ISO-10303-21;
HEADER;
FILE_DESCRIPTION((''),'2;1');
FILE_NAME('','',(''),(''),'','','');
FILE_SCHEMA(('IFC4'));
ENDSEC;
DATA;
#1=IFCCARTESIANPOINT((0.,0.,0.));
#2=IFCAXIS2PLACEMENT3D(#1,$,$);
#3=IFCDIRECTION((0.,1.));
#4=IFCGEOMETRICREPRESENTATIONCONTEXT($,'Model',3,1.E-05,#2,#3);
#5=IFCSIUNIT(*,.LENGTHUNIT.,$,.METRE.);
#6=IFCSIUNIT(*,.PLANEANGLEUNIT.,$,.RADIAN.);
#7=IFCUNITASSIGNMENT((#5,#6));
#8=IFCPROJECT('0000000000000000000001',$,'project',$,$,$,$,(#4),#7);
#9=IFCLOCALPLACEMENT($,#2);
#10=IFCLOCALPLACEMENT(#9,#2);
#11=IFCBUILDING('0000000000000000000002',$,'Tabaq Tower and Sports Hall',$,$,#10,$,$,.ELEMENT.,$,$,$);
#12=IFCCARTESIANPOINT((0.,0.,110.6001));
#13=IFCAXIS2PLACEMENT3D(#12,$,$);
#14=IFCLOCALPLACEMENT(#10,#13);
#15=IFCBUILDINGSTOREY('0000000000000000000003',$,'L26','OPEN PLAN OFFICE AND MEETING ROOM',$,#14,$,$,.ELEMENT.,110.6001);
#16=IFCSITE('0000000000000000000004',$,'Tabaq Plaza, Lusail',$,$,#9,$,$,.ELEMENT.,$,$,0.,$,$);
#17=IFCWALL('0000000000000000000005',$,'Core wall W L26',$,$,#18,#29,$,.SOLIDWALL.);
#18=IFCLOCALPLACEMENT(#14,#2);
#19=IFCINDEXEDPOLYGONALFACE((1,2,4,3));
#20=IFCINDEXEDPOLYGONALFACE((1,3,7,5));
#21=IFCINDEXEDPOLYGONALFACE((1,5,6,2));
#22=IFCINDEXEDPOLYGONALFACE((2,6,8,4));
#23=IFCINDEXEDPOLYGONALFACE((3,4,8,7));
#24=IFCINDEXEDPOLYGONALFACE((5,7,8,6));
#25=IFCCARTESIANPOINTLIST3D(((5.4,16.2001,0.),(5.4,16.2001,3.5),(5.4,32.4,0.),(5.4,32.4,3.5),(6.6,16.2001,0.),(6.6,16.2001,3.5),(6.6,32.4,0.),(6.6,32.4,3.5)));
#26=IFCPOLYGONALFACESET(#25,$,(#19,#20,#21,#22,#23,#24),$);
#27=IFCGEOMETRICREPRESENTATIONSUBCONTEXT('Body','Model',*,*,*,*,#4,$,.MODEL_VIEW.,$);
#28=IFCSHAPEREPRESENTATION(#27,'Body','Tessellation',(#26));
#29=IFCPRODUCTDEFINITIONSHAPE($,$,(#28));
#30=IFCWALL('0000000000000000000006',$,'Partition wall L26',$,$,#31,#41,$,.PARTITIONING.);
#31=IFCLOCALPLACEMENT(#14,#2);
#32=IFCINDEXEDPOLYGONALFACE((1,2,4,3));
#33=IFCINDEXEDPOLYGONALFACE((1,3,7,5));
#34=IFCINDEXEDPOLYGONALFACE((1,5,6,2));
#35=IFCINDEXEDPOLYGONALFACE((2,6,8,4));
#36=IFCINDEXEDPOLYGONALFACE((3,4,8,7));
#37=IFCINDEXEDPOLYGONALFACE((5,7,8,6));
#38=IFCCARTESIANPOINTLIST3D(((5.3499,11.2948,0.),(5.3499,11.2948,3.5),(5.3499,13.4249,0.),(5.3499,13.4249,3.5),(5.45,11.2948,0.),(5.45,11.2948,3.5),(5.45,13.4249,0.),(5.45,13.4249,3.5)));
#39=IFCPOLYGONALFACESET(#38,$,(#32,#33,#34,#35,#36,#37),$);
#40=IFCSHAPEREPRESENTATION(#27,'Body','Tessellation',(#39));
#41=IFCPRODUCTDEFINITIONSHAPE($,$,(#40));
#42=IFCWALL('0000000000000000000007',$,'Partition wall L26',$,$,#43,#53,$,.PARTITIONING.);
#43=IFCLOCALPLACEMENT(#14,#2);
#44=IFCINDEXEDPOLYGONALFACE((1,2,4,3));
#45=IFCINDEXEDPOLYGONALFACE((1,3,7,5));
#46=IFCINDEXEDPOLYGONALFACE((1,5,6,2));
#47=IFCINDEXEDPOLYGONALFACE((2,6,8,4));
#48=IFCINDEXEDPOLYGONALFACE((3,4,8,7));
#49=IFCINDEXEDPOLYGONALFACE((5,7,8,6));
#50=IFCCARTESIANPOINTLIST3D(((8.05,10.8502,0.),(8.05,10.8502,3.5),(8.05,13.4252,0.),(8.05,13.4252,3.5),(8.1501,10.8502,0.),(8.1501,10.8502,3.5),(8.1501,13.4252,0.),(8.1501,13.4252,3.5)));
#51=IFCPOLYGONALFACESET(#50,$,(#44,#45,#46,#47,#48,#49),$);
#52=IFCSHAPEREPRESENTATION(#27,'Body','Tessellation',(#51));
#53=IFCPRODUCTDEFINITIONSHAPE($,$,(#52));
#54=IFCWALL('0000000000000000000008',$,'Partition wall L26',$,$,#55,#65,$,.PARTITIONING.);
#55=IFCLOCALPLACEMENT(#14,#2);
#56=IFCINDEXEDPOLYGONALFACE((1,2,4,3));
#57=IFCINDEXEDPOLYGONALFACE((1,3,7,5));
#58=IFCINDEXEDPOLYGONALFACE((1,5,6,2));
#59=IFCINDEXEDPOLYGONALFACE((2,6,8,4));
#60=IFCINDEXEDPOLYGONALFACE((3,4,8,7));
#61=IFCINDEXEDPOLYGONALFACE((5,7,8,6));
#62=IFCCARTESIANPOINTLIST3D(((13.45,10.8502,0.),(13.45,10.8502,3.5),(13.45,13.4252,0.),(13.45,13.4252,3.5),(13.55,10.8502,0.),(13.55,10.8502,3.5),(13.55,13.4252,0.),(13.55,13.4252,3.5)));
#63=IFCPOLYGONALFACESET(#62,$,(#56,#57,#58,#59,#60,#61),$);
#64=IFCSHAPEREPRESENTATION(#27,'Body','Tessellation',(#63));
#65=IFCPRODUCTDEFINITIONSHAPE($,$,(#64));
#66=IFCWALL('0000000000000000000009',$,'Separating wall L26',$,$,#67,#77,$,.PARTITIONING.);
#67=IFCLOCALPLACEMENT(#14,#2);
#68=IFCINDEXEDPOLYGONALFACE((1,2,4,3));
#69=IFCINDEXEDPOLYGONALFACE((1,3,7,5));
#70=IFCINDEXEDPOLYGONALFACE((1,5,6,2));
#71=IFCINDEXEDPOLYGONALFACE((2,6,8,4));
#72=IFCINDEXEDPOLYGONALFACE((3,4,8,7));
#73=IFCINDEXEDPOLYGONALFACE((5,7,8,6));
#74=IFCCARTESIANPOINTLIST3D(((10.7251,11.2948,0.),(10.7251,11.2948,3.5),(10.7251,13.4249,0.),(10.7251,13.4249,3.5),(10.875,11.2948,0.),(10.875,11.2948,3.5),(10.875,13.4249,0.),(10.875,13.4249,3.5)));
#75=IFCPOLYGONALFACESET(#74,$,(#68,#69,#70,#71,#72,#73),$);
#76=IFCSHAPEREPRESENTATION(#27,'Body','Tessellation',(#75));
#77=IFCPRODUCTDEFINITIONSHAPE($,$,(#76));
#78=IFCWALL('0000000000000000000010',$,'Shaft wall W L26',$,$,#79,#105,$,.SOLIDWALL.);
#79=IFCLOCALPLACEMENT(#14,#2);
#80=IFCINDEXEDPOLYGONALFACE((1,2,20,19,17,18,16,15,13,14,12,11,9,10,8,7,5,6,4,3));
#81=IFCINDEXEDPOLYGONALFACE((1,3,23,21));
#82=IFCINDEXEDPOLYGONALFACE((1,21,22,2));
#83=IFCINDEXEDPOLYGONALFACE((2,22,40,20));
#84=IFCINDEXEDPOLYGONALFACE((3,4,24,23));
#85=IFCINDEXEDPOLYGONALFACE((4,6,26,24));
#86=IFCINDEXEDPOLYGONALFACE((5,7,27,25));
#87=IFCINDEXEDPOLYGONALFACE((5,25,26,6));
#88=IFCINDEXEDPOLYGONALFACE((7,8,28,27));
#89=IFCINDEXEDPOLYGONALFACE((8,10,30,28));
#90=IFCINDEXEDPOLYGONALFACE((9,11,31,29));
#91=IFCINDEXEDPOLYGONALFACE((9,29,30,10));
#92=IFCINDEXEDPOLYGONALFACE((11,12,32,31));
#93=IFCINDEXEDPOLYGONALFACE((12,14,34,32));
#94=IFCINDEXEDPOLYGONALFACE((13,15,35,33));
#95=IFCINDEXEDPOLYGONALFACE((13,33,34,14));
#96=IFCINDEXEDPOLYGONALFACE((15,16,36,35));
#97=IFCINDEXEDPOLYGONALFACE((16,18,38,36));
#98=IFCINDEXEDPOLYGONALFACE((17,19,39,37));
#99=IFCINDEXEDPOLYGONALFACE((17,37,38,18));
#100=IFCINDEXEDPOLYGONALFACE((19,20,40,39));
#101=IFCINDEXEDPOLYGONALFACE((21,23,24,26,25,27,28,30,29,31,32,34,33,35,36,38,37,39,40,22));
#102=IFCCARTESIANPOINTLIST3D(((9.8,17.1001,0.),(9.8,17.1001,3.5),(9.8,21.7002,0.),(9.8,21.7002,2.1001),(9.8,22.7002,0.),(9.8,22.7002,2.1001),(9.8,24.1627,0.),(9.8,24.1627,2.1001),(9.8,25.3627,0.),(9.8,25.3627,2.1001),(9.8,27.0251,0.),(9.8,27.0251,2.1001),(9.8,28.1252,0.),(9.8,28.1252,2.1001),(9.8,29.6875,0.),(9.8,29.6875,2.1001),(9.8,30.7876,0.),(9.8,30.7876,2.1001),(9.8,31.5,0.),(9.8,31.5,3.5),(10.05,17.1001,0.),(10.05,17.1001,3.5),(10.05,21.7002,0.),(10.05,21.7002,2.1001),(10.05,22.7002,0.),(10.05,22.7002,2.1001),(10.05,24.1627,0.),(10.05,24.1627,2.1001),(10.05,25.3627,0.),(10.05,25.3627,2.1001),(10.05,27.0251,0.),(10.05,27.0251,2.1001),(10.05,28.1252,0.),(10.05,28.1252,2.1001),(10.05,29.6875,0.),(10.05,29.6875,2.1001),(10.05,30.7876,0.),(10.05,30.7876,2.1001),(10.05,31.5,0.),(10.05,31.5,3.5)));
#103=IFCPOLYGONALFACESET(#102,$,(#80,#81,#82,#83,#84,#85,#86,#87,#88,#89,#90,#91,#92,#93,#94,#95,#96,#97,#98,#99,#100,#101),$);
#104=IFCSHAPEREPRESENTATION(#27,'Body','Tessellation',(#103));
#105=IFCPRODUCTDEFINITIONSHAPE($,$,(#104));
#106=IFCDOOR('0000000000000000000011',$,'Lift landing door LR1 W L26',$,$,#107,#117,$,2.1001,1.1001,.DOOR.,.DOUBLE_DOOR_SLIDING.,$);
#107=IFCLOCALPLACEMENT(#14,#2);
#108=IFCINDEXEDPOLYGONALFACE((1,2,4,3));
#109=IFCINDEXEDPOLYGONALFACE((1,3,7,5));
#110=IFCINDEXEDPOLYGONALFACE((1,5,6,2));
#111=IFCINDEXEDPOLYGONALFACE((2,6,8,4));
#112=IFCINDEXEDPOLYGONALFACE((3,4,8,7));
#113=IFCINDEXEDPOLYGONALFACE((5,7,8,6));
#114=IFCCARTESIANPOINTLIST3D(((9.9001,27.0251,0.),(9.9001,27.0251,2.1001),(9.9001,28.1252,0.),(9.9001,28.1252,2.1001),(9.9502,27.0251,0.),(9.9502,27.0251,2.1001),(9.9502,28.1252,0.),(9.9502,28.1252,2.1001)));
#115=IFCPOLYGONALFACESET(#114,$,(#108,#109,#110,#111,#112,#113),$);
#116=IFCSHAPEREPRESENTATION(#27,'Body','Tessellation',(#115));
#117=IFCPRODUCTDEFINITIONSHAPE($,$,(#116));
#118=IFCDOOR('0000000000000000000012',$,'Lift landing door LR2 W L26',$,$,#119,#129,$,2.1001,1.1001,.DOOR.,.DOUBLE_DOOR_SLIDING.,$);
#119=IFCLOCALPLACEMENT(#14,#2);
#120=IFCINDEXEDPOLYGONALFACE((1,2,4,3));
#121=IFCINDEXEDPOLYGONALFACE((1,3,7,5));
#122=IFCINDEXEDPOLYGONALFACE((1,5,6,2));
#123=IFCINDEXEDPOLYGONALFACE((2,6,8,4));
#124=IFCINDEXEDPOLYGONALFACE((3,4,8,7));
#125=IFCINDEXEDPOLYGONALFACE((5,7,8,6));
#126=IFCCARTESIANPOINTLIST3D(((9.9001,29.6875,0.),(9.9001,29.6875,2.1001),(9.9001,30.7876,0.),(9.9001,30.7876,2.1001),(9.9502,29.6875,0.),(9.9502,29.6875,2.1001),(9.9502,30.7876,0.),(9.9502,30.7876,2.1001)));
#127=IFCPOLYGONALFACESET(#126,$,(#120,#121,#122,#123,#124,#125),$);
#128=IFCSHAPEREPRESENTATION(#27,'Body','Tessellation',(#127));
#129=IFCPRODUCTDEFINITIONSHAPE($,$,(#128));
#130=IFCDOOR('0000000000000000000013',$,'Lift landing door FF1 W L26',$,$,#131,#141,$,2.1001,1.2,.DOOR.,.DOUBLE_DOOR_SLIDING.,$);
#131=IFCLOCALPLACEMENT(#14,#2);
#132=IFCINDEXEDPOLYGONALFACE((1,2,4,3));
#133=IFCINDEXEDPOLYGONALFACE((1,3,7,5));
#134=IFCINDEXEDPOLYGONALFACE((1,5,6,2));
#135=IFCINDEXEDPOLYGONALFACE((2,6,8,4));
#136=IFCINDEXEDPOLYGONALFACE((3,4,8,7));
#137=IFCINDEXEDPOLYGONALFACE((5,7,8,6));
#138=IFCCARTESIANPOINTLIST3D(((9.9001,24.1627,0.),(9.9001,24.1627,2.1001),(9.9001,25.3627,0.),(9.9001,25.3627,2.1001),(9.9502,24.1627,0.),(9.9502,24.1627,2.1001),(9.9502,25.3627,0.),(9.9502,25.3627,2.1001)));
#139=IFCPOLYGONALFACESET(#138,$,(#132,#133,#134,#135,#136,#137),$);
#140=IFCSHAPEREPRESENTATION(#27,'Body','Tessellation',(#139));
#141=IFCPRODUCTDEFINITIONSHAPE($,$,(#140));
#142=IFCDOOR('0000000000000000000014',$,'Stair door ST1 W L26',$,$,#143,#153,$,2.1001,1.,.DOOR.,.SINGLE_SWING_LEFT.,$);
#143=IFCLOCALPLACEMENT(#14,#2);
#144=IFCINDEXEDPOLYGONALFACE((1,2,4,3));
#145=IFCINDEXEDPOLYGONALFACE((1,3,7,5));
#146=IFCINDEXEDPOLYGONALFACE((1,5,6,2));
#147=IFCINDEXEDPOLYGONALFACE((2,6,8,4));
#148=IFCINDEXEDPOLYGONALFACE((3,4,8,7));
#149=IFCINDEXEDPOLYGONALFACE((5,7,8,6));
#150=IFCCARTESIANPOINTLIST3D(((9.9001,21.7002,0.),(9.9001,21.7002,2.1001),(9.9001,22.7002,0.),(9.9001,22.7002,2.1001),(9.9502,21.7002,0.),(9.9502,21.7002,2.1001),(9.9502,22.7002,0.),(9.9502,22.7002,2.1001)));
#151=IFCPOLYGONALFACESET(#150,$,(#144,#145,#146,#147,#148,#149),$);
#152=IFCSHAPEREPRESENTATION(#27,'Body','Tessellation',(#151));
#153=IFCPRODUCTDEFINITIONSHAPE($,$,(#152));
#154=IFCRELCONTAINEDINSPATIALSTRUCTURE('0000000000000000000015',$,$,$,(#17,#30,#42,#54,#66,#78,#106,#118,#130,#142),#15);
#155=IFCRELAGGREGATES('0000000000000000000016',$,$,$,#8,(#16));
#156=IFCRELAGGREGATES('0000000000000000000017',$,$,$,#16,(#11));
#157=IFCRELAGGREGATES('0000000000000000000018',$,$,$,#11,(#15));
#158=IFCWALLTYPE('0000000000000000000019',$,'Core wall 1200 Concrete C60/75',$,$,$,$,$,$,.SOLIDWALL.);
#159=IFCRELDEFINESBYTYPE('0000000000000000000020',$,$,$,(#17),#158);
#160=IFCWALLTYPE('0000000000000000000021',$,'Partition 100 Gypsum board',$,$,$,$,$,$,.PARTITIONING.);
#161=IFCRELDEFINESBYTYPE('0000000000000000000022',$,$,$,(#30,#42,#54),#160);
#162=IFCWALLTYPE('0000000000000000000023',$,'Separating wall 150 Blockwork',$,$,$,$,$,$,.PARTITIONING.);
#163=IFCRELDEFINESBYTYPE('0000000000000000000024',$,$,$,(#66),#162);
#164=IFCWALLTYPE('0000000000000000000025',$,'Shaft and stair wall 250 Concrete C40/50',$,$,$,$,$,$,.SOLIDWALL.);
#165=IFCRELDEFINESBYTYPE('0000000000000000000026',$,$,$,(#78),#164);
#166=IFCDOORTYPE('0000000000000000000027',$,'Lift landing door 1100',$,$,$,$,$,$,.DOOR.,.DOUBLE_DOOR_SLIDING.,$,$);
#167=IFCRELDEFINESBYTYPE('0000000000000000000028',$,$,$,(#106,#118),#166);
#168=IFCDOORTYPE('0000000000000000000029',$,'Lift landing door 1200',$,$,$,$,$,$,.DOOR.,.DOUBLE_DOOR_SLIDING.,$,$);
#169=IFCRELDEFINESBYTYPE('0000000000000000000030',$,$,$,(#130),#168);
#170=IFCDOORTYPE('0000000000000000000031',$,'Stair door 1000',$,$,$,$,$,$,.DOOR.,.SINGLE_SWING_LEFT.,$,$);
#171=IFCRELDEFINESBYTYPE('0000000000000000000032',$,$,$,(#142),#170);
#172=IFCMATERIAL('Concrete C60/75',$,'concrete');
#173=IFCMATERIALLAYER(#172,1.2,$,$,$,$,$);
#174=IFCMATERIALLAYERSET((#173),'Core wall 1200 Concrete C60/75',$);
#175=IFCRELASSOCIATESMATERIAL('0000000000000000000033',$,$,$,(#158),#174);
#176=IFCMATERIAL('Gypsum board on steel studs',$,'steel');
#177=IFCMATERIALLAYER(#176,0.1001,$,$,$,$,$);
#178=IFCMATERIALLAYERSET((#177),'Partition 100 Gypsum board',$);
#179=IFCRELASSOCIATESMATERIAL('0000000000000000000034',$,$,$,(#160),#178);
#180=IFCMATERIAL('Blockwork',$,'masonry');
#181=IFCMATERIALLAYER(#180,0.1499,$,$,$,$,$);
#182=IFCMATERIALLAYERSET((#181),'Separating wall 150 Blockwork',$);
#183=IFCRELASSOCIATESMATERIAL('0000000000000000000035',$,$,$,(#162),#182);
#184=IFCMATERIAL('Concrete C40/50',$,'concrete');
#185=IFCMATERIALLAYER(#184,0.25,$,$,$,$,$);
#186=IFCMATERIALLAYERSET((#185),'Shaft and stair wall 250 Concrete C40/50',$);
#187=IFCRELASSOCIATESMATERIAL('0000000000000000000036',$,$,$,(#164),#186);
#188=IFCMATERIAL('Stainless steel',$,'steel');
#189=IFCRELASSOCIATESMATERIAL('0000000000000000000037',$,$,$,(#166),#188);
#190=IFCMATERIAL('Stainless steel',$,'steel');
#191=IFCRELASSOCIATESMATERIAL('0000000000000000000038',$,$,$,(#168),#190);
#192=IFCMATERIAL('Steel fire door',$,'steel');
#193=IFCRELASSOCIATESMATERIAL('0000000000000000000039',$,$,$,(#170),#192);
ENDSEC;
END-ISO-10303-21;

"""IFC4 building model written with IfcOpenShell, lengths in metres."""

from ifc_helpers import new_model, si_unit, direction, frame, frame_2d, origin, place, context, subcontext, project, spatial, rectangle, extrude, material, layer, layer_set, type_object, element, fill, save


model = new_model("IFC4")

# Units and contexts
model_context = context("Model", 3, precision=1e-05, world=origin(), true_north=direction((0.0, 1.0)))
body_context = subcontext(model_context, "Body", "Model", "MODEL_VIEW")
ifc_project = project(units=[si_unit("LENGTHUNIT", "METRE"), si_unit("PLANEANGLEUNIT", "RADIAN")], contexts=[model_context])

# Site, building, storey
site_placement = place(None, origin())
site = spatial("IfcSite", under=ifc_project, at=site_placement, Name="Tabaq Plaza, Lusail", CompositionType="ELEMENT", RefElevation=0.0)
building_placement = place(site_placement, origin())
building = spatial("IfcBuilding", under=site, at=building_placement, Name="Tabaq Tower and Sports Hall", CompositionType="ELEMENT")
storey_placement = place(building_placement, frame((0.0, 0.0, 110.6001)))
storey = spatial("IfcBuildingStorey", under=building, at=storey_placement, Name="L26", Description="OPEN PLAN OFFICE AND MEETING ROOM", CompositionType="ELEMENT", Elevation=110.6001)

# Walls
ifc_material_1 = material(Name="Concrete C60/75", Category="concrete")
ifc_layer_1 = layer(ifc_material_1, 1.2)
ifc_layer_set_1 = layer_set([ifc_layer_1], Name="Core wall 1200 Concrete C60/75")
wall_type_1 = type_object("IfcWallType", Name="Core wall 1200 Concrete C60/75", PredefinedType="SOLIDWALL", material=ifc_layer_set_1)
wall_1_placement = place(storey_placement, frame((6.0, 16.2, 0.0), z_axis=(0.0, 0.0, 1.0), x_axis=(0.0, 1.0, 0.0)))
element("IfcWall", 1, at=wall_1_placement, inside=storey, type_object=wall_type_1, Name="Core wall W L26", PredefinedType="SOLIDWALL", context=body_context, shape_type="SweptSolid", body=[
    extrude(rectangle(XDim=16.2, YDim=1.2, at=frame_2d((8.1001, 0.0))), origin(), (0.0, 0.0, 1.0), 3.5),
])
ifc_material_2 = material(Name="Gypsum board on steel studs", Category="steel")
ifc_layer_2 = layer(ifc_material_2, 0.1001)
ifc_layer_set_2 = layer_set([ifc_layer_2], Name="Partition 100 Gypsum board")
wall_type_2 = type_object("IfcWallType", Name="Partition 100 Gypsum board", PredefinedType="PARTITIONING", material=ifc_layer_set_2)
wall_2_placement = place(storey_placement, frame((5.3999, 11.2949, 0.0), z_axis=(0.0, 0.0, 1.0), x_axis=(0.0, 1.0, 0.0)))
element("IfcWall", 2, at=wall_2_placement, inside=storey, type_object=wall_type_2, Name="Partition wall L26", PredefinedType="PARTITIONING", context=body_context, shape_type="SweptSolid", body=[
    extrude(rectangle(XDim=2.1301, YDim=0.1001, at=frame_2d((1.0649, 0.0))), origin(), (0.0, 0.0, 1.0), 3.5),
])
for number, where, z_axis, x_axis, name in (
    (3, (8.1001, 10.8501, 0.0), (0.0, 0.0, 1.0), (0.0, 1.0, 0.0), "Partition wall L26"),
    (4, (13.5, 10.8501, 0.0), (0.0, 0.0, 1.0), (0.0, 1.0, 0.0), "Partition wall L26"),
):
    element("IfcWall", number, at=place(storey_placement, frame(where, z_axis=z_axis, x_axis=x_axis)), inside=storey, type_object=wall_type_2, Name=name, PredefinedType="PARTITIONING", context=body_context, shape_type="SweptSolid", body=[
        extrude(rectangle(XDim=2.575, YDim=0.1001, at=frame_2d((1.2876, 0.0))), origin(), (0.0, 0.0, 1.0), 3.5),
    ])
ifc_material_3 = material(Name="Blockwork", Category="masonry")
ifc_layer_3 = layer(ifc_material_3, 0.1499)
ifc_layer_set_3 = layer_set([ifc_layer_3], Name="Separating wall 150 Blockwork")
wall_type_3 = type_object("IfcWallType", Name="Separating wall 150 Blockwork", PredefinedType="PARTITIONING", material=ifc_layer_set_3)
wall_3_placement = place(storey_placement, frame((10.8, 11.2949, 0.0), z_axis=(0.0, 0.0, 1.0), x_axis=(0.0, 1.0, 0.0)))
element("IfcWall", 5, at=wall_3_placement, inside=storey, type_object=wall_type_3, Name="Separating wall L26", PredefinedType="PARTITIONING", context=body_context, shape_type="SweptSolid", body=[
    extrude(rectangle(XDim=2.1301, YDim=0.1499, at=frame_2d((1.0649, 0.0))), origin(), (0.0, 0.0, 1.0), 3.5),
])

# Wall, openings, doors
ifc_material_4 = material(Name="Concrete C40/50", Category="concrete")
ifc_layer_4 = layer(ifc_material_4, 0.25)
ifc_layer_set_4 = layer_set([ifc_layer_4], Name="Shaft and stair wall 250 Concrete C40/50")
wall_type_4 = type_object("IfcWallType", Name="Shaft and stair wall 250 Concrete C40/50", PredefinedType="SOLIDWALL", material=ifc_layer_set_4)
wall_4_placement = place(storey_placement, frame((9.925, 17.1001, 0.0), z_axis=(0.0, 0.0, 1.0), x_axis=(0.0, 1.0, 0.0)))
wall_4 = element("IfcWall", 6, at=wall_4_placement, inside=storey, type_object=wall_type_4, Name="Shaft wall W L26", PredefinedType="SOLIDWALL", context=body_context, shape_type="SweptSolid", body=[
    extrude(rectangle(XDim=14.3999, YDim=0.25, at=frame_2d((7.2, 0.0))), origin(), (0.0, 0.0, 1.0), 3.5),
])
opening_1_placement = place(wall_4_placement, frame((4.6001, 0.0, 0.0)))
opening_1 = element("IfcOpeningElement", 7, at=opening_1_placement, cuts=wall_4, PredefinedType="OPENING", context=body_context, shape_type="SweptSolid", body=[
    extrude(rectangle(XDim=1.0, YDim=2.1001, at=frame_2d((0.5, 1.05))), frame((0.0, 0.125, 0.0), z_axis=(0.0, -1.0, 0.0), x_axis=(1.0, 0.0, 0.0)), (0.0, 0.0, 1.0), 0.25),
])
opening_2_placement = place(wall_4_placement, frame((7.0625, 0.0, 0.0)))
opening_2 = element("IfcOpeningElement", 8, at=opening_2_placement, cuts=wall_4, PredefinedType="OPENING", context=body_context, shape_type="SweptSolid", body=[
    extrude(rectangle(XDim=1.2, YDim=2.1001, at=frame_2d((0.6001, 1.05))), frame((0.0, 0.125, 0.0), z_axis=(0.0, -1.0, 0.0), x_axis=(1.0, 0.0, 0.0)), (0.0, 0.0, 1.0), 0.25),
])
opening_3_placement = place(wall_4_placement, frame((9.925, 0.0, 0.0)))
opening_3 = element("IfcOpeningElement", 9, at=opening_3_placement, cuts=wall_4, PredefinedType="OPENING", context=body_context, shape_type="SweptSolid", body=[
    extrude(rectangle(XDim=1.1001, YDim=2.1001, at=frame_2d((0.55, 1.05))), frame((0.0, 0.125, 0.0), z_axis=(0.0, -1.0, 0.0), x_axis=(1.0, 0.0, 0.0)), (0.0, 0.0, 1.0), 0.25),
])
opening_4_placement = place(wall_4_placement, frame((12.5874, 0.0, 0.0)))
opening_4 = element("IfcOpeningElement", 10, at=opening_4_placement, cuts=wall_4, PredefinedType="OPENING", context=body_context, shape_type="SweptSolid", body=[
    extrude(rectangle(XDim=1.1001, YDim=2.1001, at=frame_2d((0.55, 1.05))), frame((0.0, 0.125, 0.0), z_axis=(0.0, -1.0, 0.0), x_axis=(1.0, 0.0, 0.0)), (0.0, 0.0, 1.0), 0.25),
])
ifc_material_5 = material(Name="Stainless steel", Category="steel")
door_type_1 = type_object("IfcDoorType", Name="Lift landing door 1100", OperationType="DOUBLE_DOOR_SLIDING", PredefinedType="DOOR", material=ifc_material_5)
door_1_placement = place(opening_3_placement, origin())
door_1 = element("IfcDoor", 11, at=door_1_placement, inside=storey, type_object=door_type_1, Name="Lift landing door LR1 W L26", OperationType="DOUBLE_DOOR_SLIDING", OverallHeight=2.1001, OverallWidth=1.1001, PredefinedType="DOOR", context=body_context, shape_type="SweptSolid", body=[
    extrude(rectangle(XDim=1.1001, YDim=2.1001, at=frame_2d((0.55, 1.05))), frame((0.0, 0.0249, 0.0), z_axis=(0.0, -1.0, 0.0), x_axis=(1.0, 0.0, 0.0)), (0.0, 0.0, 1.0), 0.05),
])
fill(opening_3, door_1)
door_2_placement = place(opening_4_placement, origin())
door_2 = element("IfcDoor", 12, at=door_2_placement, inside=storey, type_object=door_type_1, Name="Lift landing door LR2 W L26", OperationType="DOUBLE_DOOR_SLIDING", OverallHeight=2.1001, OverallWidth=1.1001, PredefinedType="DOOR", context=body_context, shape_type="SweptSolid", body=[
    extrude(rectangle(XDim=1.1001, YDim=2.1001, at=frame_2d((0.55, 1.05))), frame((0.0, 0.0249, 0.0), z_axis=(0.0, -1.0, 0.0), x_axis=(1.0, 0.0, 0.0)), (0.0, 0.0, 1.0), 0.05),
])
fill(opening_4, door_2)
ifc_material_6 = material(Name="Stainless steel", Category="steel")
door_type_2 = type_object("IfcDoorType", Name="Lift landing door 1200", OperationType="DOUBLE_DOOR_SLIDING", PredefinedType="DOOR", material=ifc_material_6)
door_3_placement = place(opening_2_placement, origin())
door_3 = element("IfcDoor", 13, at=door_3_placement, inside=storey, type_object=door_type_2, Name="Lift landing door FF1 W L26", OperationType="DOUBLE_DOOR_SLIDING", OverallHeight=2.1001, OverallWidth=1.2, PredefinedType="DOOR", context=body_context, shape_type="SweptSolid", body=[
    extrude(rectangle(XDim=1.2, YDim=2.1001, at=frame_2d((0.6001, 1.05))), frame((0.0, 0.0249, 0.0), z_axis=(0.0, -1.0, 0.0), x_axis=(1.0, 0.0, 0.0)), (0.0, 0.0, 1.0), 0.05),
])
fill(opening_2, door_3)
ifc_material_7 = material(Name="Steel fire door", Category="steel")
door_type_3 = type_object("IfcDoorType", Name="Stair door 1000", OperationType="SINGLE_SWING_LEFT", PredefinedType="DOOR", material=ifc_material_7)
door_4_placement = place(opening_1_placement, origin())
door_4 = element("IfcDoor", 14, at=door_4_placement, inside=storey, type_object=door_type_3, Name="Stair door ST1 W L26", OperationType="SINGLE_SWING_LEFT", OverallHeight=2.1001, OverallWidth=1.0, PredefinedType="DOOR", context=body_context, shape_type="SweptSolid", body=[
    extrude(rectangle(XDim=1.0, YDim=2.1001, at=frame_2d((0.5, 1.05))), frame((0.0, 0.0249, 0.0), z_axis=(0.0, -1.0, 0.0), x_axis=(1.0, 0.0, 0.0)), (0.0, 0.0, 1.0), 0.05),
])
fill(opening_1, door_4)

save(model, "model.ifc")
